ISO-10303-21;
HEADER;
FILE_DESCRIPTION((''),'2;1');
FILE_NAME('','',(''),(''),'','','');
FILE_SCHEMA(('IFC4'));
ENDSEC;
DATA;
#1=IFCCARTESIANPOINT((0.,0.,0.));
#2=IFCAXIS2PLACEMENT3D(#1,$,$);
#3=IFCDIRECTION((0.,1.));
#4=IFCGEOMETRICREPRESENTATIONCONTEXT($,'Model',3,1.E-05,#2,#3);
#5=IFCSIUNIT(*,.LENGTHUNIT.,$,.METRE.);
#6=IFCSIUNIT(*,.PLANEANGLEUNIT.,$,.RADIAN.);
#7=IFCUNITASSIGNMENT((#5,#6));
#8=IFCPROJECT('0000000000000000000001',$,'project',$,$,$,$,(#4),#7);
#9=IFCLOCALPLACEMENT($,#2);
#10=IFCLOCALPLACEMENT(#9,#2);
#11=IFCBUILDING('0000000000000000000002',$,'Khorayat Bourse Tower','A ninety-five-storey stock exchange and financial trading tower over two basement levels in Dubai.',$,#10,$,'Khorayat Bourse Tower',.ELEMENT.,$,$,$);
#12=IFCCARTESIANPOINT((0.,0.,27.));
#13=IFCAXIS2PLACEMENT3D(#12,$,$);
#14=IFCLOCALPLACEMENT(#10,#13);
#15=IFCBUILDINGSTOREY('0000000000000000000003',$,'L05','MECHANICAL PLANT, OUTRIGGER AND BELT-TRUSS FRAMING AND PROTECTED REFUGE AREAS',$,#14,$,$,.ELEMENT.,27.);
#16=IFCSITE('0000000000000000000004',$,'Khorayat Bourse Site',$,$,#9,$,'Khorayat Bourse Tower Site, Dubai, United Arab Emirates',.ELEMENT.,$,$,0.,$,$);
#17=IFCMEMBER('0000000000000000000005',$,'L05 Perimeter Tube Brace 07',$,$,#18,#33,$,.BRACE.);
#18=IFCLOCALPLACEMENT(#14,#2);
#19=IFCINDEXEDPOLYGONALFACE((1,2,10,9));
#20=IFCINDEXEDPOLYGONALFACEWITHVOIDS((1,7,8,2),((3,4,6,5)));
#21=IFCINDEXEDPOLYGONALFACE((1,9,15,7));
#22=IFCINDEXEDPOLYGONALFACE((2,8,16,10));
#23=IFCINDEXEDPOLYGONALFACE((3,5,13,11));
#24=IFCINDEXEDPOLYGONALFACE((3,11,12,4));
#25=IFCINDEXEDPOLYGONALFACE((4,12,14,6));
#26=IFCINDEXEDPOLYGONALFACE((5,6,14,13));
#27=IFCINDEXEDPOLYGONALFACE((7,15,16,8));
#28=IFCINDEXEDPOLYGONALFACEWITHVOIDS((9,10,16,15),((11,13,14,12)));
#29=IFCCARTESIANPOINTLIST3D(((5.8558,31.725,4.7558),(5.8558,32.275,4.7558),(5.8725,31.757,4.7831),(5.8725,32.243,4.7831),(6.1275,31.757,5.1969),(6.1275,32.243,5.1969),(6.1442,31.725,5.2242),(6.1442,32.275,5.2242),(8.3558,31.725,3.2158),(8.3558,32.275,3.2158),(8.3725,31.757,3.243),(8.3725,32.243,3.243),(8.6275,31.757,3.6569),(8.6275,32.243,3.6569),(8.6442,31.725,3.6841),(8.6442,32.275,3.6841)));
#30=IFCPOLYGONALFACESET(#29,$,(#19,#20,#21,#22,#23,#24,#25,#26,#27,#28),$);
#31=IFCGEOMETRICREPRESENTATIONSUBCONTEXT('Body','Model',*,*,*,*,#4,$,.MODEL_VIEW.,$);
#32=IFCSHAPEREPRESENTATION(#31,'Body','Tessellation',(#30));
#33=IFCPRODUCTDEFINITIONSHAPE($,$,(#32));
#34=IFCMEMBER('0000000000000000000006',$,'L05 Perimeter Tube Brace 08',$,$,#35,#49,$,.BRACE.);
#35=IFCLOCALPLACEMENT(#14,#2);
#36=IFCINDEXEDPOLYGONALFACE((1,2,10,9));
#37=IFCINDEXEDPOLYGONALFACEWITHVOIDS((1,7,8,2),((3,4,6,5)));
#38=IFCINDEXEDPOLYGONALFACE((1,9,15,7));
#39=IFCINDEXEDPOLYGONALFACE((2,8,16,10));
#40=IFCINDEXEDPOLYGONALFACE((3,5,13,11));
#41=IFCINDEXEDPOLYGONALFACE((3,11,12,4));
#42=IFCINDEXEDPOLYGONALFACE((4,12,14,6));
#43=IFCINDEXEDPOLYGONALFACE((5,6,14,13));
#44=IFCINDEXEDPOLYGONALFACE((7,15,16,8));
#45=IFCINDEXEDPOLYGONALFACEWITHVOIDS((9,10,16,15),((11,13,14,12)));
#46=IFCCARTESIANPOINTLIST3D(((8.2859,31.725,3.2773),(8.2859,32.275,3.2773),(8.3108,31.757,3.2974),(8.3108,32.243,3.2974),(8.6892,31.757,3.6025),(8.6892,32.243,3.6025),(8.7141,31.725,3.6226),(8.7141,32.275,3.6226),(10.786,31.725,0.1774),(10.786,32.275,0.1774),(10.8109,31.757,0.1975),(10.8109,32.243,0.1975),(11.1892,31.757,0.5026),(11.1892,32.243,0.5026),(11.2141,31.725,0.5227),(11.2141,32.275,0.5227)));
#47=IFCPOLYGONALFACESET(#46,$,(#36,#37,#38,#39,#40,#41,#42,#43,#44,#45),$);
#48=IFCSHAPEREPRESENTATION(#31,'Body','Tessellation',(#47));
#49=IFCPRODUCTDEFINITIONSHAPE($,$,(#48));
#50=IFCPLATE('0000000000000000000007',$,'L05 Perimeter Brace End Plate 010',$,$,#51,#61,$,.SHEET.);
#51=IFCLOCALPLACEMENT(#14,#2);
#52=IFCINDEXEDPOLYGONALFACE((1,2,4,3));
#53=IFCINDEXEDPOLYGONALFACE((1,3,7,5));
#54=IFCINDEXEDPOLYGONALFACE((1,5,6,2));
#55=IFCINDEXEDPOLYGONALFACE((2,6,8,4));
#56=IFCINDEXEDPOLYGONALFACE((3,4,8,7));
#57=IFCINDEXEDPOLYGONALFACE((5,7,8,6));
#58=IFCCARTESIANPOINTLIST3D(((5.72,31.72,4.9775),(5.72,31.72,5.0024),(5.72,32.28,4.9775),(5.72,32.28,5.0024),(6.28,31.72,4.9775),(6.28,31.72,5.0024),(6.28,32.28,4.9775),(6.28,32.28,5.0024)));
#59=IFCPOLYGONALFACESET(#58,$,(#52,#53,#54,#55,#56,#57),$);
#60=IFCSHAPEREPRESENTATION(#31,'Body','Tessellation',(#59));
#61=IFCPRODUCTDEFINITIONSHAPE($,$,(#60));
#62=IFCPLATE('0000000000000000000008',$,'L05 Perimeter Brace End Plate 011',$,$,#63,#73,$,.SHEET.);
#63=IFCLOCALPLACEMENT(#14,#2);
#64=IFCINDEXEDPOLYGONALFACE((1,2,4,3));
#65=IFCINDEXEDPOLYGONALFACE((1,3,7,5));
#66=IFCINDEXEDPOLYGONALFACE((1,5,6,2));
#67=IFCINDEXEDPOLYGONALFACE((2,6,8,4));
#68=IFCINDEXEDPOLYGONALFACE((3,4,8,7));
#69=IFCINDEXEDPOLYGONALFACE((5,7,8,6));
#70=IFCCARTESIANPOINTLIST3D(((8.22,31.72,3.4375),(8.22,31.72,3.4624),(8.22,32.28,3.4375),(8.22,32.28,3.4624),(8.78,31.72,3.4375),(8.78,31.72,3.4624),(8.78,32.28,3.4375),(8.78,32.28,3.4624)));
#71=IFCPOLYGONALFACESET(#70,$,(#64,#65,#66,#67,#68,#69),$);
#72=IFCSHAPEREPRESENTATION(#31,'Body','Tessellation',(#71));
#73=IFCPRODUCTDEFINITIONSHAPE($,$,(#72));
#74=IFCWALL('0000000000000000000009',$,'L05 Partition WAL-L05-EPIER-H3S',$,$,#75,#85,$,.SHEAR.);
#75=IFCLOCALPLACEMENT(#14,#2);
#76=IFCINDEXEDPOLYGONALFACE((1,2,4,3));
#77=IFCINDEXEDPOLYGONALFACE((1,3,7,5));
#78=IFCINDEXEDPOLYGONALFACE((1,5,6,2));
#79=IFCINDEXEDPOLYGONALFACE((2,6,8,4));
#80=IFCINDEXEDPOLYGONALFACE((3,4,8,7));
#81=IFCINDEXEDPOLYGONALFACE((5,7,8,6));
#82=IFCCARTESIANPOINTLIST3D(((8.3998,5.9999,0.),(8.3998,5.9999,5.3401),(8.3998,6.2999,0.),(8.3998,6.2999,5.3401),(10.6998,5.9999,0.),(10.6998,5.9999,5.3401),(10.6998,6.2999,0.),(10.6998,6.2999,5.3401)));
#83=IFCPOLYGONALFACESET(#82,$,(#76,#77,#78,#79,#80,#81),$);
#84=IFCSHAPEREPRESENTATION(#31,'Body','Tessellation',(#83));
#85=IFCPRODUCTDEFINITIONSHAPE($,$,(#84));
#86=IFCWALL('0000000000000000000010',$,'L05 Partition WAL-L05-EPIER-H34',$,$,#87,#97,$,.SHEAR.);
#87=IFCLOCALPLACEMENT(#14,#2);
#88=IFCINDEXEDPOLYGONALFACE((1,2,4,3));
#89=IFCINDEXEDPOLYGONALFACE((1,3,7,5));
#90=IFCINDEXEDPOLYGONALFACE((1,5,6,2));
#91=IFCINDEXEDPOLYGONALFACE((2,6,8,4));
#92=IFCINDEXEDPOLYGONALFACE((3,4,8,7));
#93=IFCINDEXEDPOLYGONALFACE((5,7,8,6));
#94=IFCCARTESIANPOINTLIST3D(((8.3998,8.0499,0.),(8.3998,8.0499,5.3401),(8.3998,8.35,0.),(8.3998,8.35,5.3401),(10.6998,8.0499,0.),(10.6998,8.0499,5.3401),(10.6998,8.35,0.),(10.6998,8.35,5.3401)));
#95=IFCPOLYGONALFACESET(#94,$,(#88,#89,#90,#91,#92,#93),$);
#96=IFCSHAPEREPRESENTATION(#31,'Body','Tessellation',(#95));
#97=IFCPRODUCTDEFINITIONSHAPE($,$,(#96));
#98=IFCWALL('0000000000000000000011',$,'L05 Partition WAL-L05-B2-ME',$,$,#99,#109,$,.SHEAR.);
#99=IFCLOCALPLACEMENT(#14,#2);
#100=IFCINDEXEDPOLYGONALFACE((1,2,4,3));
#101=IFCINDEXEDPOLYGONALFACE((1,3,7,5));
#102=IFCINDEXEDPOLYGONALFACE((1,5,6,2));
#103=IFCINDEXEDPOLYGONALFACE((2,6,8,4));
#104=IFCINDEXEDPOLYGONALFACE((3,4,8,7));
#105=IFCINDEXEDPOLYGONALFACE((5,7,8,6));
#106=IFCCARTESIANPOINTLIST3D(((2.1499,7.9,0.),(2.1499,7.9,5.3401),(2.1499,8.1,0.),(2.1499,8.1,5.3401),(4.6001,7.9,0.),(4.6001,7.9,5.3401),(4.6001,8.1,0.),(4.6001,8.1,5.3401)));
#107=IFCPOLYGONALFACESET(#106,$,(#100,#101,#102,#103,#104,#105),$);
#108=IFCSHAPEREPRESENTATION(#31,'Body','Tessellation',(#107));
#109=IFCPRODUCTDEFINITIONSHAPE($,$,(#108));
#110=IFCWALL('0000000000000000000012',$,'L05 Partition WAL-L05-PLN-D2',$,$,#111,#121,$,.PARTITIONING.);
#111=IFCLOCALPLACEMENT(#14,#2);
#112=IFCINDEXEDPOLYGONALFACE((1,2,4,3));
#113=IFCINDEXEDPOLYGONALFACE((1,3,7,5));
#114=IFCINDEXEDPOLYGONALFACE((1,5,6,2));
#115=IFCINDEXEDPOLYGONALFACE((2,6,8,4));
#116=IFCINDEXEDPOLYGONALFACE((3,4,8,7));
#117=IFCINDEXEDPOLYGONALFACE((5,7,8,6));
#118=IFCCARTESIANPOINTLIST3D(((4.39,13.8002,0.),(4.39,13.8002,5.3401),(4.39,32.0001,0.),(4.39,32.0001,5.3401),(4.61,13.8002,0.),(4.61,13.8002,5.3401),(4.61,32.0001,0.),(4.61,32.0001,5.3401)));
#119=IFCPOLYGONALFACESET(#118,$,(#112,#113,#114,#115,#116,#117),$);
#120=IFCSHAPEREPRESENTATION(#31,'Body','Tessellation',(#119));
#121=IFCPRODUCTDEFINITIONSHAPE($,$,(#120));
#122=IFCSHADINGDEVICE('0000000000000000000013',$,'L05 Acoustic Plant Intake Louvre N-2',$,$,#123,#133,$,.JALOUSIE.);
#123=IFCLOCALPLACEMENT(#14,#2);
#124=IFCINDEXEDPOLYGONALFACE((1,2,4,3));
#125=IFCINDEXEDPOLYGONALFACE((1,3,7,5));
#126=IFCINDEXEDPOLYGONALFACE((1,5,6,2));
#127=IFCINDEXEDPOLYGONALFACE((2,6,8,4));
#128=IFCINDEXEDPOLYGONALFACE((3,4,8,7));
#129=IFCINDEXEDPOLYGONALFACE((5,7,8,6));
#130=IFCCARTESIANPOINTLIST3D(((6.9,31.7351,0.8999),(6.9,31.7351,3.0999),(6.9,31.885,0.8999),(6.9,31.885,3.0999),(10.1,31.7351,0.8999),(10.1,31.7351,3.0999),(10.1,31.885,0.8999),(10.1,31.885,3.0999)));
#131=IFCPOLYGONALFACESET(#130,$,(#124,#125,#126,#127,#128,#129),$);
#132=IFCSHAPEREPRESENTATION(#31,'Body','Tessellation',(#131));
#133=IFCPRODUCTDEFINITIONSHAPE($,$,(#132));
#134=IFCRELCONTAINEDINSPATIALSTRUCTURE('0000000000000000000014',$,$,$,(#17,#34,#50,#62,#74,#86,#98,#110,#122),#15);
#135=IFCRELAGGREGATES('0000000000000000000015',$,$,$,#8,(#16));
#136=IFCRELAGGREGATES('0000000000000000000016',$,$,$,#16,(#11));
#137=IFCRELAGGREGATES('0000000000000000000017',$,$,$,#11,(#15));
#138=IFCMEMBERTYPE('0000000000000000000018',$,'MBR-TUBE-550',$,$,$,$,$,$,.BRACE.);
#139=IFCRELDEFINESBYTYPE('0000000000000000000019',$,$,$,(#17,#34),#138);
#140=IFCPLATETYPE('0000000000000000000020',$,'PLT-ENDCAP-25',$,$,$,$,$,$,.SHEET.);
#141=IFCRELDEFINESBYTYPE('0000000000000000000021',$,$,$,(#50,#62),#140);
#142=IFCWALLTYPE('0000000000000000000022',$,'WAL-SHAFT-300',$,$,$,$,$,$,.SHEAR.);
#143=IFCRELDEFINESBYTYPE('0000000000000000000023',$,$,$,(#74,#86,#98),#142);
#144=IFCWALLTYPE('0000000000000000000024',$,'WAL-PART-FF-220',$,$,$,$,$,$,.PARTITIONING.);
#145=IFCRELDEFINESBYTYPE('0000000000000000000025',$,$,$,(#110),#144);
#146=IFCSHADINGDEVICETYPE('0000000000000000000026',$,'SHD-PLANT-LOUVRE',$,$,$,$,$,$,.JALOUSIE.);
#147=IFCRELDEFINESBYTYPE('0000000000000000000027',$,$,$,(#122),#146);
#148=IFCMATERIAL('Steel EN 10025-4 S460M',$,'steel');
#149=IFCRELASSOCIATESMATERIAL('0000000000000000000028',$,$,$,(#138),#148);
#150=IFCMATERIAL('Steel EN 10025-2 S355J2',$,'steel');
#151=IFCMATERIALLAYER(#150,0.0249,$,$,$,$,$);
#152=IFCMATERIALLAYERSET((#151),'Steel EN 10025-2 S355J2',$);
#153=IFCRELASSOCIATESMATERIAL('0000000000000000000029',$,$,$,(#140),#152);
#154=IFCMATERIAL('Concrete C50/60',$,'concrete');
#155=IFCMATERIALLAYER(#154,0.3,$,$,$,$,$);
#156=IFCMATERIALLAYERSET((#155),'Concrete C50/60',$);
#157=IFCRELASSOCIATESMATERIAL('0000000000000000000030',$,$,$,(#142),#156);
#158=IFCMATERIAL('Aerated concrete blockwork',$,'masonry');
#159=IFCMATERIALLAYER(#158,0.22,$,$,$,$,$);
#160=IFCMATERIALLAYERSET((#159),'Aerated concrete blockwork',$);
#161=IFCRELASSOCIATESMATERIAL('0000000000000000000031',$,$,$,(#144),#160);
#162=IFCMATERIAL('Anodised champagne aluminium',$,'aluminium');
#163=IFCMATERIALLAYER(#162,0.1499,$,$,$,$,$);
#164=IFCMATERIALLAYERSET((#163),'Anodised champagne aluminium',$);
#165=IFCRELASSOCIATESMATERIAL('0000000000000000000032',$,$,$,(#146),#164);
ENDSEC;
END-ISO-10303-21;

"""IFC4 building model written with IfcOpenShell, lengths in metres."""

from ifc_helpers import new_model, si_unit, direction, frame, frame_2d, origin, origin_2d, place, context, subcontext, project, spatial, rectangle, hollow_rectangle, extrude, source, transform, mapped, material, layer, layer_set, material_profile, profile_set, type_object, element, save


model = new_model("IFC4")

# Units and contexts
model_context = context("Model", 3, precision=1e-05, world=origin(), true_north=direction((0.0, 1.0)))
body_context = subcontext(model_context, "Body", "Model", "MODEL_VIEW")
ifc_project = project(units=[si_unit("LENGTHUNIT", "METRE"), si_unit("PLANEANGLEUNIT", "RADIAN")], contexts=[model_context])

# Site, building, storey
site_placement = place(None, origin())
site = spatial("IfcSite", under=ifc_project, at=site_placement, Name="Khorayat Bourse Site", LongName="Khorayat Bourse Tower Site, Dubai, United Arab Emirates", CompositionType="ELEMENT", RefElevation=0.0)
building_placement = place(site_placement, origin())
building = spatial("IfcBuilding", under=site, at=building_placement, Name="Khorayat Bourse Tower", Description="A ninety-five-storey stock exchange and financial trading tower over two basement levels in Dubai.", LongName="Khorayat Bourse Tower", CompositionType="ELEMENT")
storey_placement = place(building_placement, frame((0.0, 0.0, 27.0)))
storey = spatial("IfcBuildingStorey", under=building, at=storey_placement, Name="L05", Description="MECHANICAL PLANT, OUTRIGGER AND BELT-TRUSS FRAMING AND PROTECTED REFUGE AREAS", CompositionType="ELEMENT", Elevation=27.0)

# Shared definitions
ifc_material_1 = material(Name="Steel EN 10025-4 S460M", Category="steel")

# Members
ifc_material_profile_1 = material_profile(ifc_material_1, hollow_rectangle(XDim=0.55, YDim=0.55, WallThickness=0.032, at=origin_2d()), Name="HSS 550x550x32")
ifc_profile_set_1 = profile_set([ifc_material_profile_1], Name="Steel EN 10025-4 S460M")
member_type = type_object("IfcMemberType", Name="MBR-TUBE-550", PredefinedType="BRACE", material=ifc_profile_set_1)
shared_shape_1 = source(origin(), body_context, "Body", "SweptSolid", [
    extrude(hollow_rectangle(XDim=0.55, YDim=0.55, WallThickness=0.032, at=origin_2d()), origin(), (0.0, 0.0, 1.0), 2.9363),
])
member_1_placement = place(storey_placement, frame((6.0, 32.0, 4.99), z_axis=(0.851418, 0.0, -0.524487), x_axis=(0.0, 1.0, 0.0)))
element("IfcMember", 1, at=member_1_placement, inside=storey, type_object=member_type, Name="L05 Perimeter Tube Brace 07", PredefinedType="BRACE", context=body_context, shape_type="MappedRepresentation", body=[
    mapped(shared_shape_1, transform((0.0, 0.0, 0.0), scale=1.0)),
])
shared_shape_2 = source(origin(), body_context, "Body", "SweptSolid", [
    extrude(hollow_rectangle(XDim=0.55, YDim=0.55, WallThickness=0.032, at=origin_2d()), origin(), (0.0, 0.0, 1.0), 3.9824),
])
member_2_placement = place(storey_placement, frame((8.5, 32.0, 3.45), z_axis=(0.62777, 0.0, -0.778399), x_axis=(0.0, 1.0, 0.0)))
element("IfcMember", 2, at=member_2_placement, inside=storey, type_object=member_type, Name="L05 Perimeter Tube Brace 08", PredefinedType="BRACE", context=body_context, shape_type="MappedRepresentation", body=[
    mapped(shared_shape_2, transform((0.0, 0.0, 0.0), scale=1.0)),
])

# Plates
ifc_material_2 = material(Name="Steel EN 10025-2 S355J2", Category="steel")
ifc_layer_1 = layer(ifc_material_2, 0.0249)
ifc_layer_set_1 = layer_set([ifc_layer_1], Name="Steel EN 10025-2 S355J2")
plate_type = type_object("IfcPlateType", Name="PLT-ENDCAP-25", PredefinedType="SHEET", material=ifc_layer_set_1)
shared_shape_3 = source(origin(), body_context, "Body", "SweptSolid", [
    extrude(rectangle(XDim=0.5601, YDim=0.5601, at=origin_2d()), origin(), (0.0, 0.0, 1.0), 0.0249),
])
for number, where, z_axis, x_axis, name in (
    (3, (6.0, 32.0, 4.9775), (0.0, 0.0, 1.0), (1.0, 0.0, 0.0), "L05 Perimeter Brace End Plate 010"),
    (4, (8.5, 32.0, 3.4375), (0.0, 0.0, 1.0), (1.0, 0.0, 0.0), "L05 Perimeter Brace End Plate 011"),
):
    element("IfcPlate", number, at=place(storey_placement, frame(where, z_axis=z_axis, x_axis=x_axis)), inside=storey, type_object=plate_type, Name=name, PredefinedType="SHEET", context=body_context, shape_type="MappedRepresentation", body=[
        mapped(shared_shape_3, transform((0.0, 0.0, 0.0), scale=1.0)),
    ])

# Walls
ifc_material_3 = material(Name="Concrete C50/60", Category="concrete")
ifc_layer_2 = layer(ifc_material_3, 0.3)
ifc_layer_set_2 = layer_set([ifc_layer_2], Name="Concrete C50/60")
wall_type_1 = type_object("IfcWallType", Name="WAL-SHAFT-300", PredefinedType="SHEAR", material=ifc_layer_set_2)
shared_shape_4 = source(origin(), body_context, "Body", "SweptSolid", [
    extrude(rectangle(XDim=2.3, YDim=0.3, at=frame_2d((1.1499, 0.0))), origin(), (0.0, 0.0, 1.0), 5.3401),
])
for number, where, z_axis, x_axis, name in (
    (5, (8.3999, 6.1499, 0.0), (0.0, 0.0, 1.0), (1.0, 0.0, 0.0), "L05 Partition WAL-L05-EPIER-H3S"),
    (6, (8.3999, 8.2, 0.0), (0.0, 0.0, 1.0), (1.0, 0.0, 0.0), "L05 Partition WAL-L05-EPIER-H34"),
):
    element("IfcWall", number, at=place(storey_placement, frame(where, z_axis=z_axis, x_axis=x_axis)), inside=storey, type_object=wall_type_1, Name=name, PredefinedType="SHEAR", context=body_context, shape_type="MappedRepresentation", body=[
        mapped(shared_shape_4, transform((0.0, 0.0, 0.0), scale=1.0)),
    ])
shared_shape_5 = source(origin(), body_context, "Body", "SweptSolid", [
    extrude(rectangle(XDim=2.4502, YDim=0.2, at=frame_2d((1.2251, 0.0))), origin(), (0.0, 0.0, 1.0), 5.3401),
])
wall_1_placement = place(storey_placement, frame((2.1499, 8.0, 0.0), z_axis=(0.0, 0.0, 1.0), x_axis=(1.0, 0.0, 0.0)))
element("IfcWall", 7, at=wall_1_placement, inside=storey, type_object=wall_type_1, Name="L05 Partition WAL-L05-B2-ME", PredefinedType="SHEAR", context=body_context, shape_type="MappedRepresentation", body=[
    mapped(shared_shape_5, transform((0.0, 0.0, 0.0), scale=1.0)),
])
ifc_material_4 = material(Name="Aerated concrete blockwork", Category="masonry")
ifc_layer_3 = layer(ifc_material_4, 0.22)
ifc_layer_set_3 = layer_set([ifc_layer_3], Name="Aerated concrete blockwork")
wall_type_2 = type_object("IfcWallType", Name="WAL-PART-FF-220", PredefinedType="PARTITIONING", material=ifc_layer_set_3)
shared_shape_6 = source(origin(), body_context, "Body", "SweptSolid", [
    extrude(rectangle(XDim=18.2, YDim=0.22, at=frame_2d((9.1001, 0.0))), origin(), (0.0, 0.0, 1.0), 5.3401),
])
wall_2_placement = place(storey_placement, frame((4.5, 13.8, 0.0), z_axis=(0.0, 0.0, 1.0), x_axis=(0.0, 1.0, 0.0)))
element("IfcWall", 8, at=wall_2_placement, inside=storey, type_object=wall_type_2, Name="L05 Partition WAL-L05-PLN-D2", PredefinedType="PARTITIONING", context=body_context, shape_type="MappedRepresentation", body=[
    mapped(shared_shape_6, transform((0.0, 0.0, 0.0), scale=1.0)),
])

# Shading device
ifc_material_5 = material(Name="Anodised champagne aluminium", Category="aluminium")
ifc_layer_4 = layer(ifc_material_5, 0.1499)
ifc_layer_set_4 = layer_set([ifc_layer_4], Name="Anodised champagne aluminium")
shading_device_type = type_object("IfcShadingDeviceType", Name="SHD-PLANT-LOUVRE", PredefinedType="JALOUSIE", material=ifc_layer_set_4)
shared_shape_7 = source(origin(), body_context, "Body", "SweptSolid", [
    extrude(rectangle(XDim=3.2, YDim=0.1499, at=origin_2d()), origin(), (0.0, 0.0, 1.0), 2.2),
])
shading_device_placement = place(storey_placement, frame((8.5, 31.8101, 0.8999), z_axis=(0.0, 0.0, 1.0), x_axis=(1.0, 0.0, 0.0)))
element("IfcShadingDevice", 9, at=shading_device_placement, inside=storey, type_object=shading_device_type, Name="L05 Acoustic Plant Intake Louvre N-2", PredefinedType="JALOUSIE", context=body_context, shape_type="MappedRepresentation", body=[
    mapped(shared_shape_7, transform((0.0, 0.0, 0.0), scale=1.0)),
])

save(model, "model.ifc")
